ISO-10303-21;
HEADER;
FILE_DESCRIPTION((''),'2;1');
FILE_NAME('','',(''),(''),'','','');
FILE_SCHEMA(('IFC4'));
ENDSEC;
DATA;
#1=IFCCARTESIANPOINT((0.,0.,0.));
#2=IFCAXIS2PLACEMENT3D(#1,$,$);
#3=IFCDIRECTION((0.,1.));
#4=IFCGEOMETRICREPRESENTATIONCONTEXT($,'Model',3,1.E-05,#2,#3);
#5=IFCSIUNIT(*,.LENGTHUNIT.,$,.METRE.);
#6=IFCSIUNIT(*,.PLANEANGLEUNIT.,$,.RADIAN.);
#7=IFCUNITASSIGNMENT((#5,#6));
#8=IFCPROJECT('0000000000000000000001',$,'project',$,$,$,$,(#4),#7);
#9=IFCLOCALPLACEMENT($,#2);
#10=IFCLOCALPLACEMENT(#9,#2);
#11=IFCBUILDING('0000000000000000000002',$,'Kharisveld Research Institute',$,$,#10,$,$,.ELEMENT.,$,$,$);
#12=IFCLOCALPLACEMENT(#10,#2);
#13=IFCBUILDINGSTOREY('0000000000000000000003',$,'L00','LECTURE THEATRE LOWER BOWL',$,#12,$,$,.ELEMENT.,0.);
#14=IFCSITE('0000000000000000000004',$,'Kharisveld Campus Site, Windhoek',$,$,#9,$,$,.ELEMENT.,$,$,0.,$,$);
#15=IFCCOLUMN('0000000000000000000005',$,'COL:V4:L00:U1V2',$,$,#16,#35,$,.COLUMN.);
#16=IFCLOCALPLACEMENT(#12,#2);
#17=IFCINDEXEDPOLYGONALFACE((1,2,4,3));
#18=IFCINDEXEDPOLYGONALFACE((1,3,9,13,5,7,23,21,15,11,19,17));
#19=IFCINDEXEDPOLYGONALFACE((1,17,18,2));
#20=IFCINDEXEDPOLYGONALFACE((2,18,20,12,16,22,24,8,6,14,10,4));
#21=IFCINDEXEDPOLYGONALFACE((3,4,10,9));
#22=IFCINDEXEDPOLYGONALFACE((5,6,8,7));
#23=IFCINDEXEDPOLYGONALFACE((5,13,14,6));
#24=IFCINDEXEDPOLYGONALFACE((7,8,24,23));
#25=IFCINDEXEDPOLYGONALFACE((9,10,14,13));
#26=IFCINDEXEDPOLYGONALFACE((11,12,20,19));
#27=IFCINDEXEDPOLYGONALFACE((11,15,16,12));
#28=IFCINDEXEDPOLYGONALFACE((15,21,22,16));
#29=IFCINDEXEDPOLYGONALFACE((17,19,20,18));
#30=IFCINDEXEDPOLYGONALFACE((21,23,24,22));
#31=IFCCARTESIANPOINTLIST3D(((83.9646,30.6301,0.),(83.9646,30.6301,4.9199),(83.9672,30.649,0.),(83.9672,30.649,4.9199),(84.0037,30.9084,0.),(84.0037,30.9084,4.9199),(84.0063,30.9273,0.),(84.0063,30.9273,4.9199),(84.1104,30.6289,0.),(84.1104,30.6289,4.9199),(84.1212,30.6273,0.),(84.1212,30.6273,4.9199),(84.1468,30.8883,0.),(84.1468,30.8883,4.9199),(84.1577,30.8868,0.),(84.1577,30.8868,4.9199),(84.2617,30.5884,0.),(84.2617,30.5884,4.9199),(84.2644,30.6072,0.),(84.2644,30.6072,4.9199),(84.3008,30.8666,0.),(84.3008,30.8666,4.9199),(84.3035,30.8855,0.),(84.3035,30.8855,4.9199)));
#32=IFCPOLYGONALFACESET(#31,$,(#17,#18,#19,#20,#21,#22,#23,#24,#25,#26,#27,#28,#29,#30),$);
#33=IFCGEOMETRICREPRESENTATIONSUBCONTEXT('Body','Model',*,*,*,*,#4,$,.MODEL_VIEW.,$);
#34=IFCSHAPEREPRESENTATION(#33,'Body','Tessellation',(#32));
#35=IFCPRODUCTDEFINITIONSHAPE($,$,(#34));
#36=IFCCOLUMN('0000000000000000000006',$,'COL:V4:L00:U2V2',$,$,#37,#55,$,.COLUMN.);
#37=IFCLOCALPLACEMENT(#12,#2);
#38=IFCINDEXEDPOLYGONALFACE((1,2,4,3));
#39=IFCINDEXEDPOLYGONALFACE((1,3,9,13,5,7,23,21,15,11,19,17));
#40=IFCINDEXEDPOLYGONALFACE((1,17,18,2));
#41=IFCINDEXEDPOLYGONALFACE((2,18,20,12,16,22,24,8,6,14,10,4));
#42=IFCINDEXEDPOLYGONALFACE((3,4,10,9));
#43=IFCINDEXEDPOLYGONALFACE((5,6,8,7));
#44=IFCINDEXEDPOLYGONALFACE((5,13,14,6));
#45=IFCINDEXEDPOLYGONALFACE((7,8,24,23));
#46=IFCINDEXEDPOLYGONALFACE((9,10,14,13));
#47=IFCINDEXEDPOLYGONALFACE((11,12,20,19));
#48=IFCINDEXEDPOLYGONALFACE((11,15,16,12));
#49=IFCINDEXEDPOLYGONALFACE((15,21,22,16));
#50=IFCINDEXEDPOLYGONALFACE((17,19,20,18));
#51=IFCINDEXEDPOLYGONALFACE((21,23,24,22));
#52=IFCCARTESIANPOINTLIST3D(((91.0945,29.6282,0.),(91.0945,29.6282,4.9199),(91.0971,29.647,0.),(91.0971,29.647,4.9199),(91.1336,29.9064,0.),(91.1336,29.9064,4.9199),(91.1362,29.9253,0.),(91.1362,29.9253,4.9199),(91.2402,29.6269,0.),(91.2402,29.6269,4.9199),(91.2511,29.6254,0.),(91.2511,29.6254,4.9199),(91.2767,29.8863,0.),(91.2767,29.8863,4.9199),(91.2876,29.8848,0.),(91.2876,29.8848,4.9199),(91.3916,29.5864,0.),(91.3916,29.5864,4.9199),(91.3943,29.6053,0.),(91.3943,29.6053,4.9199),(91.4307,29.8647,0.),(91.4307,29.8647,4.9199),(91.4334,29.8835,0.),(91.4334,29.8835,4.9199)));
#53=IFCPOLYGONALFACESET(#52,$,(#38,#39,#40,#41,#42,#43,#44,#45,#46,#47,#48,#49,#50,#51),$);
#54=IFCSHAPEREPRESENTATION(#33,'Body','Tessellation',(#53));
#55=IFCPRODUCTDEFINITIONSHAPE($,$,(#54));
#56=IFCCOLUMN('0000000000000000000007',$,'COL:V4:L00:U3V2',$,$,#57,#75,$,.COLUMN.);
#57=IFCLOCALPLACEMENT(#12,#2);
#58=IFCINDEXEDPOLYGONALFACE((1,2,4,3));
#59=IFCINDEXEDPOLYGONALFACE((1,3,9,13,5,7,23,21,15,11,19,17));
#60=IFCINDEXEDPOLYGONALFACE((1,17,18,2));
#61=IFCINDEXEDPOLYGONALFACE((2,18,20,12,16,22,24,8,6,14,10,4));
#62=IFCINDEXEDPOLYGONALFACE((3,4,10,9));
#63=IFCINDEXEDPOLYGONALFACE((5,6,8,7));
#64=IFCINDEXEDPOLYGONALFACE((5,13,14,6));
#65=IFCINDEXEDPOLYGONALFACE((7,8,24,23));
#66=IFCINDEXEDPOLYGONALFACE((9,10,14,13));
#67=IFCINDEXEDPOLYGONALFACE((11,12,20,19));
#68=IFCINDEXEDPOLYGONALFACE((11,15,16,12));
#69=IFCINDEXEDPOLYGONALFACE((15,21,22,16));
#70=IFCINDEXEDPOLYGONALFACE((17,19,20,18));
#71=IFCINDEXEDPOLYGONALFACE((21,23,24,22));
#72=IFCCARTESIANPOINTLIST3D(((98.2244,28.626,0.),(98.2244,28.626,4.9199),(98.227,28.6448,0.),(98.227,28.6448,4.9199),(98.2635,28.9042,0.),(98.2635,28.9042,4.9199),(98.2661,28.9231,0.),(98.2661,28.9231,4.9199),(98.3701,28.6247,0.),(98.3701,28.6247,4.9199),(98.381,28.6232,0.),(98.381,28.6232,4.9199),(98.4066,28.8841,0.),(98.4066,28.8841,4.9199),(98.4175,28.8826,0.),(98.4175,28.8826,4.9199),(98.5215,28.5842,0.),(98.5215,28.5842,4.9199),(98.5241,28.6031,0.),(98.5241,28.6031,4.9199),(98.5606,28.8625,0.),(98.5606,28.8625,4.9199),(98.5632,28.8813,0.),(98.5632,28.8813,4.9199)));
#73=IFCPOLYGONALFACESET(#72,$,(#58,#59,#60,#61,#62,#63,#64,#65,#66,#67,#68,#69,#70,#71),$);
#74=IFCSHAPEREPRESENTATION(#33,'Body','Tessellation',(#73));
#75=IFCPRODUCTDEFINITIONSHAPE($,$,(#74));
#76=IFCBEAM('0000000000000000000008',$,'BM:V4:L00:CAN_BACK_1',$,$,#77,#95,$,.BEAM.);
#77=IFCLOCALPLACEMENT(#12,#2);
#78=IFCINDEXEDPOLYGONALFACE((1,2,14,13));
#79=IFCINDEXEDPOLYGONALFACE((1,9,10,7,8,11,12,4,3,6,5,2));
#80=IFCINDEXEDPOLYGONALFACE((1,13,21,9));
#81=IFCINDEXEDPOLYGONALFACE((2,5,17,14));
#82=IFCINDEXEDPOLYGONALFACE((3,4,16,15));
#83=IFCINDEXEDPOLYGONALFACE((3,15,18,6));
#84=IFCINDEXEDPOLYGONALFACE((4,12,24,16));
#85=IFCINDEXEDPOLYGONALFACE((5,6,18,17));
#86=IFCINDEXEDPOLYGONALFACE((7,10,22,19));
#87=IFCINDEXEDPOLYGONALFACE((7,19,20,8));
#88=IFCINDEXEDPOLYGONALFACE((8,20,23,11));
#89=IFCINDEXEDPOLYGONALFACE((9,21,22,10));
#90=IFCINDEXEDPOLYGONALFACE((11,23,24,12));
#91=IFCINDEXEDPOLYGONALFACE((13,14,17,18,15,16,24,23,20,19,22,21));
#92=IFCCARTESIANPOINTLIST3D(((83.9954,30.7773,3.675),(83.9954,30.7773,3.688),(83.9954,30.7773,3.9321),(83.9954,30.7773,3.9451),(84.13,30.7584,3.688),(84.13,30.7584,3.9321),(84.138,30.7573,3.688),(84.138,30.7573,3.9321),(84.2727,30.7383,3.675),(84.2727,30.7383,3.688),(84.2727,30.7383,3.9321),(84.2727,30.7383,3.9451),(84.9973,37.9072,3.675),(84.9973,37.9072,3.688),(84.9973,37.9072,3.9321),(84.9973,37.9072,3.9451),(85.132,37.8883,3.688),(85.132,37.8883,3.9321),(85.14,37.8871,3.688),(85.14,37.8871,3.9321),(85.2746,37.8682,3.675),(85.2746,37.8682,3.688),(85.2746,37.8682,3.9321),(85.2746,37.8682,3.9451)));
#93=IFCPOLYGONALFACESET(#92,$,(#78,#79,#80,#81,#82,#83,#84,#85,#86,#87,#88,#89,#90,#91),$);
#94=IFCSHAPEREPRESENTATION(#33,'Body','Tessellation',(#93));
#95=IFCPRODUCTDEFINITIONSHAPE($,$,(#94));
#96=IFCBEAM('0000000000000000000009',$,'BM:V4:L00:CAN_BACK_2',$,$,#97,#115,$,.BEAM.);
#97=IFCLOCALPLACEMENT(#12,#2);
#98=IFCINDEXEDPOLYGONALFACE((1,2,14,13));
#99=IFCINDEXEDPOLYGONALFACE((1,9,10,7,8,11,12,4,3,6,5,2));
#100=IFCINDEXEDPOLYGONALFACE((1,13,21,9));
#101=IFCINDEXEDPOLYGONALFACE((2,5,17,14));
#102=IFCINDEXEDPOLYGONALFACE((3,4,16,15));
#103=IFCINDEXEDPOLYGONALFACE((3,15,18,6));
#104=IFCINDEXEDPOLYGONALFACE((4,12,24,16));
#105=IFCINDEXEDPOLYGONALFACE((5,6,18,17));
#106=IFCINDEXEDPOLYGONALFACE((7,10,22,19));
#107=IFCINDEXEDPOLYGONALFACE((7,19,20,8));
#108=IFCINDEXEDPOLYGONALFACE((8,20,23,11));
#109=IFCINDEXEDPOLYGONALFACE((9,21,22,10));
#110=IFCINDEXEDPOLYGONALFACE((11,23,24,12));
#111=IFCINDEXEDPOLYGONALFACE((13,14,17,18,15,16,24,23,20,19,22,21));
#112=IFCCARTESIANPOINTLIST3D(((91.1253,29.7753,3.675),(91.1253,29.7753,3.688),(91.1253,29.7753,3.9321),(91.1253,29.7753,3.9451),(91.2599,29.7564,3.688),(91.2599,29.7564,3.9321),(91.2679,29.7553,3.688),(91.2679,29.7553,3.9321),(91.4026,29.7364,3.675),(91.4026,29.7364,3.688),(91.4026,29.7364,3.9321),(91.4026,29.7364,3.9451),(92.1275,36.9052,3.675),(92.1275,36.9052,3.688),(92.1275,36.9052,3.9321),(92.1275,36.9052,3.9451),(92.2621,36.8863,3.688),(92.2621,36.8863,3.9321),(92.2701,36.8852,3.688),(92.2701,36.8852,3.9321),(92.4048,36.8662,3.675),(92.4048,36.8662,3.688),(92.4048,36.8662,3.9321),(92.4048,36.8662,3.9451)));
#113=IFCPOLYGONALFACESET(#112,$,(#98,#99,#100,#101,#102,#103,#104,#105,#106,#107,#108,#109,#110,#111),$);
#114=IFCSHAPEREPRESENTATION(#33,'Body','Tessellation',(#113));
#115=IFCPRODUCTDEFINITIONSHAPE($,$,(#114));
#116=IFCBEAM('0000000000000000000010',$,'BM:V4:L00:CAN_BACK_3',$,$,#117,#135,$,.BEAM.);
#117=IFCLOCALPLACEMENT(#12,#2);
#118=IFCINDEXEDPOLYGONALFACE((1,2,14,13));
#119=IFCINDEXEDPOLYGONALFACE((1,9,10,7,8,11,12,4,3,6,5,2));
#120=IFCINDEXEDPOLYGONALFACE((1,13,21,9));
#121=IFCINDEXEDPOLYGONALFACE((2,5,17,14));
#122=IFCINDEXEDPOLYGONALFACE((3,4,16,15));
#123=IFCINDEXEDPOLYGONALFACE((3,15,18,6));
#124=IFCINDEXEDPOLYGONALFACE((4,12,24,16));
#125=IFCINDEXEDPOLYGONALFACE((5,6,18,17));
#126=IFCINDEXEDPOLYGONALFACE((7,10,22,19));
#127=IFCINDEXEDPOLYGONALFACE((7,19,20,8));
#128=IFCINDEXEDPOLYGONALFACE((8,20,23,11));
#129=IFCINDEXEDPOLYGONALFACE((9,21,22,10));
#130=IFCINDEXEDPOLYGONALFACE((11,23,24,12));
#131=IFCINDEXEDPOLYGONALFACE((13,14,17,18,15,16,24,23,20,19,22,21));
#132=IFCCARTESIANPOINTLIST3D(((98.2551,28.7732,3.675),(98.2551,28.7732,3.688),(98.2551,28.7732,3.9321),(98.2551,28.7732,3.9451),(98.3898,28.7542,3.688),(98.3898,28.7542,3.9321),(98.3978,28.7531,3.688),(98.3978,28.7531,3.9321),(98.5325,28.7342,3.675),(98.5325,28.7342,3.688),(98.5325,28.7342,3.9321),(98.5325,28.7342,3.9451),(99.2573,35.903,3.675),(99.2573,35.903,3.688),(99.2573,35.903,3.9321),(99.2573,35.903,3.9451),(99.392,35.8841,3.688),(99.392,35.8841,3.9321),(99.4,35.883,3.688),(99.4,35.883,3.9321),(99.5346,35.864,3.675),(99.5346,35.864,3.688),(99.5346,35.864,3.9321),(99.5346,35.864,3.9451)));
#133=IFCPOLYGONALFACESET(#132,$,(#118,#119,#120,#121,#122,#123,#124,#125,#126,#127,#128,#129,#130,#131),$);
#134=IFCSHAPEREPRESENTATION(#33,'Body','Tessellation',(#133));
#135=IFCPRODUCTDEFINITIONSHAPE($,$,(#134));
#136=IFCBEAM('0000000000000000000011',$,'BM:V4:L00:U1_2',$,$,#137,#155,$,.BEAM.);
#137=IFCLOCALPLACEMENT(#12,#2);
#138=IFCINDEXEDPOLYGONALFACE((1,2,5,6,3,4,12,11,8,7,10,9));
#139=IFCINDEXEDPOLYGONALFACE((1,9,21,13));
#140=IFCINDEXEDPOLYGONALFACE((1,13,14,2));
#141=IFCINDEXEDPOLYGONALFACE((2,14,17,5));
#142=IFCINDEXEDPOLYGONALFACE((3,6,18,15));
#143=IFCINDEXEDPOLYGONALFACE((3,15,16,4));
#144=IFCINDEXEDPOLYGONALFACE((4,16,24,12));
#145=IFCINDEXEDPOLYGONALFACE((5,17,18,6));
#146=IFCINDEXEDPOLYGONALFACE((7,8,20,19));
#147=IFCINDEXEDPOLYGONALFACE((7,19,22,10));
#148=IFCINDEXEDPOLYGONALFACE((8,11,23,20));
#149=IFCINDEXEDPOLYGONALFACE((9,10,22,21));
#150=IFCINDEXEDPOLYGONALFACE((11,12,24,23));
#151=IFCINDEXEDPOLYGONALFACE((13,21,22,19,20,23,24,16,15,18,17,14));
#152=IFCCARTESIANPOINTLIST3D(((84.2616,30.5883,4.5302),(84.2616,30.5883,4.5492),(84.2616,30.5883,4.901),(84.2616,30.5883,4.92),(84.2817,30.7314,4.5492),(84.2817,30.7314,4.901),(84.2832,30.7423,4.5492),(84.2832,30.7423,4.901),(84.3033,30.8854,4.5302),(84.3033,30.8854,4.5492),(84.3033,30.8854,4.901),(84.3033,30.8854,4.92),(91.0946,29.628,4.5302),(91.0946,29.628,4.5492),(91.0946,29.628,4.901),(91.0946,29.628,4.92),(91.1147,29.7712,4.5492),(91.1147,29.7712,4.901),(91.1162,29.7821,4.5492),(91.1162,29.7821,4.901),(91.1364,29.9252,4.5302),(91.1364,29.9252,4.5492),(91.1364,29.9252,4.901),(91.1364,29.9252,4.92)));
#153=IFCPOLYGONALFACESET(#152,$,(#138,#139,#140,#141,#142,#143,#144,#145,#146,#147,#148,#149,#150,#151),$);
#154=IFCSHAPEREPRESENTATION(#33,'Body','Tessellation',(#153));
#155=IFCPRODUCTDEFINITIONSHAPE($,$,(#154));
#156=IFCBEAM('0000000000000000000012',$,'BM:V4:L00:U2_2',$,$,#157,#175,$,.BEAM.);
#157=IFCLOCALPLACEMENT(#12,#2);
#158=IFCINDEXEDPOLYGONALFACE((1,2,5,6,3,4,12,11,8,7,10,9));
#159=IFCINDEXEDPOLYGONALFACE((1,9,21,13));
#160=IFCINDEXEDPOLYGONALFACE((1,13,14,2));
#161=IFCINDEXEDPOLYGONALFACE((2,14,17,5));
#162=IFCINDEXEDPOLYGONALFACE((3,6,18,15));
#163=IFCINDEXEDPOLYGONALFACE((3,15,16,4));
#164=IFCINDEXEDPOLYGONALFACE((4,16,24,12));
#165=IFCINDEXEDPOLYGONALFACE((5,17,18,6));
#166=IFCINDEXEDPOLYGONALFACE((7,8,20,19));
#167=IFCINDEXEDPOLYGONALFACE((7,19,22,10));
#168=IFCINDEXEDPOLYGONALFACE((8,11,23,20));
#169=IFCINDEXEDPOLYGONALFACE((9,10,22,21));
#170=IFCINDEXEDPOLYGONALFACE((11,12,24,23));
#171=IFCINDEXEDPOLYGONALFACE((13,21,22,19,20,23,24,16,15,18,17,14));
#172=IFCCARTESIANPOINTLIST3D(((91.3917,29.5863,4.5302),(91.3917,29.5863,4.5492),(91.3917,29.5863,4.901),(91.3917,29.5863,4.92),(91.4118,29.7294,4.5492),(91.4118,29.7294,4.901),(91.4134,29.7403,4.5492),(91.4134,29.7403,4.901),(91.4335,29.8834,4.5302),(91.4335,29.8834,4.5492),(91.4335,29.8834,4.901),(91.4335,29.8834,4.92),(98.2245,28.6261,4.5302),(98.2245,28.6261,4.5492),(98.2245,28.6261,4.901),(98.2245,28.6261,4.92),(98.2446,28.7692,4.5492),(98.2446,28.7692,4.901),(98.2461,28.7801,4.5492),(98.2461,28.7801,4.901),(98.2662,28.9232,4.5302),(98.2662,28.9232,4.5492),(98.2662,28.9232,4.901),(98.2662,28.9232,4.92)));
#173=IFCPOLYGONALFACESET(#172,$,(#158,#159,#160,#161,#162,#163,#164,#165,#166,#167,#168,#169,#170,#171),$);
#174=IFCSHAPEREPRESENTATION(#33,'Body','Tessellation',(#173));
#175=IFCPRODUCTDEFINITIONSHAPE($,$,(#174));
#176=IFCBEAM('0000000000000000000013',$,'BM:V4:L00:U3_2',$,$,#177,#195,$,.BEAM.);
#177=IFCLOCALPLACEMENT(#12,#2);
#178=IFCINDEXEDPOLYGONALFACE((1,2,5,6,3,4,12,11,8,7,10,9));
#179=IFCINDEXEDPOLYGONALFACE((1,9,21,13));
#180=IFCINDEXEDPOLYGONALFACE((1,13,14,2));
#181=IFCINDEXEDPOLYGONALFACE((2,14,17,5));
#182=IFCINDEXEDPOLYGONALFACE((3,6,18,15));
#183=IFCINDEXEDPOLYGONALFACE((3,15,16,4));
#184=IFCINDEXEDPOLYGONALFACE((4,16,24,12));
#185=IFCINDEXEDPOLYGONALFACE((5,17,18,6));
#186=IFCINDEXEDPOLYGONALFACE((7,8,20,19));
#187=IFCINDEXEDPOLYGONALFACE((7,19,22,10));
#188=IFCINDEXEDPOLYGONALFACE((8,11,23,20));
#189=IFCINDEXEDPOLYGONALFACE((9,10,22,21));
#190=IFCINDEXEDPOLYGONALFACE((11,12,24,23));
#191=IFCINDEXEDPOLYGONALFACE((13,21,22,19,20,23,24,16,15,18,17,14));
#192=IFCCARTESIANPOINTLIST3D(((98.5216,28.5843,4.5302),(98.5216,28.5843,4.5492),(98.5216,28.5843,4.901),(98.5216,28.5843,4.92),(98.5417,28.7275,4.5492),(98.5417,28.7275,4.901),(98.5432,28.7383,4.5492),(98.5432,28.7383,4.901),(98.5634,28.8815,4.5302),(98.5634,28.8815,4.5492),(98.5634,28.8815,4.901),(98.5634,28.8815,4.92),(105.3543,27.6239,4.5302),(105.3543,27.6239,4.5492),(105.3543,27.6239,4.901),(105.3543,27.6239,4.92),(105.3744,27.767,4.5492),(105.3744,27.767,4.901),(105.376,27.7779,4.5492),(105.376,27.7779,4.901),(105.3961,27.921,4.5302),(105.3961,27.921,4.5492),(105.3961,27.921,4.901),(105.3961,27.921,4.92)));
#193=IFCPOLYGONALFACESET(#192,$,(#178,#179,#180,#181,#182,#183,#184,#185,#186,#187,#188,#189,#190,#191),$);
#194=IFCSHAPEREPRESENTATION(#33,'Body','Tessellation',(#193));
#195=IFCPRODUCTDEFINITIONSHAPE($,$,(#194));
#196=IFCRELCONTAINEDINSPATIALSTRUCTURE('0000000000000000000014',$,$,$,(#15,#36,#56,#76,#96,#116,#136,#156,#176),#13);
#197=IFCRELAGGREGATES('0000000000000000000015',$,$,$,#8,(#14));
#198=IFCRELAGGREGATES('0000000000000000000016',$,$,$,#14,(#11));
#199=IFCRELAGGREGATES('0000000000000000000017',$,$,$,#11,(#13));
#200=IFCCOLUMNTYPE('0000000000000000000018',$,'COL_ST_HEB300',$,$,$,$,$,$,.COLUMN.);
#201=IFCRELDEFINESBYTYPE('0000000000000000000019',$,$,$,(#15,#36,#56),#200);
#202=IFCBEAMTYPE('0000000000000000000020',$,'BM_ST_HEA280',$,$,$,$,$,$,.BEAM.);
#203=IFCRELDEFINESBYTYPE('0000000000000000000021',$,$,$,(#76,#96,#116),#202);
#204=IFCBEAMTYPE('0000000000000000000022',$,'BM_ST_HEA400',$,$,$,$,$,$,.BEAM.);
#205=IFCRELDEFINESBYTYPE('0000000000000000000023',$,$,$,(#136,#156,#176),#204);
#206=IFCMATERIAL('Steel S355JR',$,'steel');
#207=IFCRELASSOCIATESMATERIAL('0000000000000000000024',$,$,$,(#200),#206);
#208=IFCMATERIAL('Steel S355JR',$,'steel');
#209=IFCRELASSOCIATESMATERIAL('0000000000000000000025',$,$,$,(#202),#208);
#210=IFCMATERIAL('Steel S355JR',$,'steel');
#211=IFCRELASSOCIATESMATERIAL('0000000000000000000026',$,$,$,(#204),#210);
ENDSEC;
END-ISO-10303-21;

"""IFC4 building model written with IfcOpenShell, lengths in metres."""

from ifc_helpers import new_model, si_unit, direction, frame, origin, origin_2d, place, context, subcontext, project, spatial, i_section, extrude, material, material_profile, profile_set, type_object, element, save


model = new_model("IFC4")

# Units and contexts
model_context = context("Model", 3, precision=1e-05, world=origin(), true_north=direction((0.0, 1.0)))
body_context = subcontext(model_context, "Body", "Model", "MODEL_VIEW")
ifc_project = project(units=[si_unit("LENGTHUNIT", "METRE"), si_unit("PLANEANGLEUNIT", "RADIAN")], contexts=[model_context])

# Site, building, storey
site_placement = place(None, origin())
site = spatial("IfcSite", under=ifc_project, at=site_placement, Name="Kharisveld Campus Site, Windhoek", CompositionType="ELEMENT", RefElevation=0.0)
building_placement = place(site_placement, origin())
building = spatial("IfcBuilding", under=site, at=building_placement, Name="Kharisveld Research Institute", CompositionType="ELEMENT")
storey_placement = place(building_placement, origin())
storey = spatial("IfcBuildingStorey", under=building, at=storey_placement, Name="L00", Description="LECTURE THEATRE LOWER BOWL", CompositionType="ELEMENT", Elevation=0.0)

# Columns
ifc_material_1 = material(Name="Steel S355JR", Category="steel")
ifc_material_profile_1 = material_profile(ifc_material_1, i_section(OverallWidth=0.3, OverallDepth=0.3, WebThickness=0.011, FlangeThickness=0.019, at=origin_2d()))
ifc_profile_set_1 = profile_set([ifc_material_profile_1], Name="Steel S355JR")
column_type = type_object("IfcColumnType", Name="COL_ST_HEB300", PredefinedType="COLUMN", material=ifc_profile_set_1)
for number, where, z_axis, x_axis, name in (
    (1, (84.134, 30.7578, 0.0), (0.0, 0.0, 1.0), (0.990268, -0.139173, 0.0), "COL:V4:L00:U1V2"),
    (2, (91.2639, 29.7559, 0.0), (0.0, 0.0, 1.0), (0.990268, -0.139173, 0.0), "COL:V4:L00:U2V2"),
    (3, (98.3938, 28.7537, 0.0), (0.0, 0.0, 1.0), (0.990268, -0.139173, 0.0), "COL:V4:L00:U3V2"),
):
    element("IfcColumn", number, at=place(storey_placement, frame(where, z_axis=z_axis, x_axis=x_axis)), inside=storey, type_object=column_type, Name=name, PredefinedType="COLUMN", context=body_context, shape_type="SweptSolid", body=[
        extrude(i_section(OverallWidth=0.3, OverallDepth=0.3, WebThickness=0.011, FlangeThickness=0.019, at=origin_2d()), origin(), (0.0, 0.0, 1.0), 4.9199),
    ])

# Beams
ifc_material_2 = material(Name="Steel S355JR", Category="steel")
ifc_material_profile_2 = material_profile(ifc_material_2, i_section(OverallWidth=0.28, OverallDepth=0.27, WebThickness=0.0081, FlangeThickness=0.0129, at=origin_2d()))
ifc_profile_set_2 = profile_set([ifc_material_profile_2], Name="Steel S355JR")
beam_type_1 = type_object("IfcBeamType", Name="BM_ST_HEA280", PredefinedType="BEAM", material=ifc_profile_set_2)
for number, where, z_axis, x_axis, name in (
    (4, (84.134, 30.7578, 3.8101), (0.139161, 0.99027, 0.0), (-0.99027, 0.139161, 0.0), "BM:V4:L00:CAN_BACK_1"),
    (5, (91.2639, 29.7559, 3.8101), (0.139195, 0.990265, 0.0), (-0.990265, 0.139195, 0.0), "BM:V4:L00:CAN_BACK_2"),
    (6, (98.3938, 28.7537, 3.8101), (0.139195, 0.990265, 0.0), (-0.990265, 0.139195, 0.0), "BM:V4:L00:CAN_BACK_3"),
):
    element("IfcBeam", number, at=place(storey_placement, frame(where, z_axis=z_axis, x_axis=x_axis)), inside=storey, type_object=beam_type_1, Name=name, PredefinedType="BEAM", context=body_context, shape_type="SweptSolid", body=[
        extrude(i_section(OverallWidth=0.28, OverallDepth=0.27, WebThickness=0.0081, FlangeThickness=0.0129, at=origin_2d()), origin(), (0.0, 0.0, 1.0), 7.2),
    ])
ifc_material_3 = material(Name="Steel S355JR", Category="steel")
ifc_material_profile_3 = material_profile(ifc_material_3, i_section(OverallWidth=0.3, OverallDepth=0.3899, WebThickness=0.011, FlangeThickness=0.019, at=origin_2d()))
ifc_profile_set_3 = profile_set([ifc_material_profile_3], Name="Steel S355JR")
beam_type_2 = type_object("IfcBeamType", Name="BM_ST_HEA400", PredefinedType="BEAM", material=ifc_profile_set_3)
beam_1_placement = place(storey_placement, frame((84.2825, 30.7368, 4.7251), z_axis=(0.99027, -0.139157, 0.0), x_axis=(0.139157, 0.99027, 0.0)))
element("IfcBeam", 7, at=beam_1_placement, inside=storey, type_object=beam_type_2, Name="BM:V4:L00:U1_2", PredefinedType="BEAM", context=body_context, shape_type="SweptSolid", body=[
    extrude(i_section(OverallWidth=0.3, OverallDepth=0.3899, WebThickness=0.011, FlangeThickness=0.019, at=origin_2d()), origin(), (0.0, 0.0, 1.0), 6.9001),
])
for number, where, z_axis, x_axis, name in (
    (8, (91.4126, 29.7349, 4.7251), (0.99027, -0.139162, 0.0), (0.139162, 0.99027, 0.0), "BM:V4:L00:U2_2"),
    (9, (98.5425, 28.7329, 4.7251), (0.990265, -0.139197, 0.0), (0.139197, 0.990265, 0.0), "BM:V4:L00:U3_2"),
):
    element("IfcBeam", number, at=place(storey_placement, frame(where, z_axis=z_axis, x_axis=x_axis)), inside=storey, type_object=beam_type_2, Name=name, PredefinedType="BEAM", context=body_context, shape_type="SweptSolid", body=[
        extrude(i_section(OverallWidth=0.3, OverallDepth=0.3899, WebThickness=0.011, FlangeThickness=0.019, at=origin_2d()), origin(), (0.0, 0.0, 1.0), 6.8999),
    ])

save(model, "model.ifc")
